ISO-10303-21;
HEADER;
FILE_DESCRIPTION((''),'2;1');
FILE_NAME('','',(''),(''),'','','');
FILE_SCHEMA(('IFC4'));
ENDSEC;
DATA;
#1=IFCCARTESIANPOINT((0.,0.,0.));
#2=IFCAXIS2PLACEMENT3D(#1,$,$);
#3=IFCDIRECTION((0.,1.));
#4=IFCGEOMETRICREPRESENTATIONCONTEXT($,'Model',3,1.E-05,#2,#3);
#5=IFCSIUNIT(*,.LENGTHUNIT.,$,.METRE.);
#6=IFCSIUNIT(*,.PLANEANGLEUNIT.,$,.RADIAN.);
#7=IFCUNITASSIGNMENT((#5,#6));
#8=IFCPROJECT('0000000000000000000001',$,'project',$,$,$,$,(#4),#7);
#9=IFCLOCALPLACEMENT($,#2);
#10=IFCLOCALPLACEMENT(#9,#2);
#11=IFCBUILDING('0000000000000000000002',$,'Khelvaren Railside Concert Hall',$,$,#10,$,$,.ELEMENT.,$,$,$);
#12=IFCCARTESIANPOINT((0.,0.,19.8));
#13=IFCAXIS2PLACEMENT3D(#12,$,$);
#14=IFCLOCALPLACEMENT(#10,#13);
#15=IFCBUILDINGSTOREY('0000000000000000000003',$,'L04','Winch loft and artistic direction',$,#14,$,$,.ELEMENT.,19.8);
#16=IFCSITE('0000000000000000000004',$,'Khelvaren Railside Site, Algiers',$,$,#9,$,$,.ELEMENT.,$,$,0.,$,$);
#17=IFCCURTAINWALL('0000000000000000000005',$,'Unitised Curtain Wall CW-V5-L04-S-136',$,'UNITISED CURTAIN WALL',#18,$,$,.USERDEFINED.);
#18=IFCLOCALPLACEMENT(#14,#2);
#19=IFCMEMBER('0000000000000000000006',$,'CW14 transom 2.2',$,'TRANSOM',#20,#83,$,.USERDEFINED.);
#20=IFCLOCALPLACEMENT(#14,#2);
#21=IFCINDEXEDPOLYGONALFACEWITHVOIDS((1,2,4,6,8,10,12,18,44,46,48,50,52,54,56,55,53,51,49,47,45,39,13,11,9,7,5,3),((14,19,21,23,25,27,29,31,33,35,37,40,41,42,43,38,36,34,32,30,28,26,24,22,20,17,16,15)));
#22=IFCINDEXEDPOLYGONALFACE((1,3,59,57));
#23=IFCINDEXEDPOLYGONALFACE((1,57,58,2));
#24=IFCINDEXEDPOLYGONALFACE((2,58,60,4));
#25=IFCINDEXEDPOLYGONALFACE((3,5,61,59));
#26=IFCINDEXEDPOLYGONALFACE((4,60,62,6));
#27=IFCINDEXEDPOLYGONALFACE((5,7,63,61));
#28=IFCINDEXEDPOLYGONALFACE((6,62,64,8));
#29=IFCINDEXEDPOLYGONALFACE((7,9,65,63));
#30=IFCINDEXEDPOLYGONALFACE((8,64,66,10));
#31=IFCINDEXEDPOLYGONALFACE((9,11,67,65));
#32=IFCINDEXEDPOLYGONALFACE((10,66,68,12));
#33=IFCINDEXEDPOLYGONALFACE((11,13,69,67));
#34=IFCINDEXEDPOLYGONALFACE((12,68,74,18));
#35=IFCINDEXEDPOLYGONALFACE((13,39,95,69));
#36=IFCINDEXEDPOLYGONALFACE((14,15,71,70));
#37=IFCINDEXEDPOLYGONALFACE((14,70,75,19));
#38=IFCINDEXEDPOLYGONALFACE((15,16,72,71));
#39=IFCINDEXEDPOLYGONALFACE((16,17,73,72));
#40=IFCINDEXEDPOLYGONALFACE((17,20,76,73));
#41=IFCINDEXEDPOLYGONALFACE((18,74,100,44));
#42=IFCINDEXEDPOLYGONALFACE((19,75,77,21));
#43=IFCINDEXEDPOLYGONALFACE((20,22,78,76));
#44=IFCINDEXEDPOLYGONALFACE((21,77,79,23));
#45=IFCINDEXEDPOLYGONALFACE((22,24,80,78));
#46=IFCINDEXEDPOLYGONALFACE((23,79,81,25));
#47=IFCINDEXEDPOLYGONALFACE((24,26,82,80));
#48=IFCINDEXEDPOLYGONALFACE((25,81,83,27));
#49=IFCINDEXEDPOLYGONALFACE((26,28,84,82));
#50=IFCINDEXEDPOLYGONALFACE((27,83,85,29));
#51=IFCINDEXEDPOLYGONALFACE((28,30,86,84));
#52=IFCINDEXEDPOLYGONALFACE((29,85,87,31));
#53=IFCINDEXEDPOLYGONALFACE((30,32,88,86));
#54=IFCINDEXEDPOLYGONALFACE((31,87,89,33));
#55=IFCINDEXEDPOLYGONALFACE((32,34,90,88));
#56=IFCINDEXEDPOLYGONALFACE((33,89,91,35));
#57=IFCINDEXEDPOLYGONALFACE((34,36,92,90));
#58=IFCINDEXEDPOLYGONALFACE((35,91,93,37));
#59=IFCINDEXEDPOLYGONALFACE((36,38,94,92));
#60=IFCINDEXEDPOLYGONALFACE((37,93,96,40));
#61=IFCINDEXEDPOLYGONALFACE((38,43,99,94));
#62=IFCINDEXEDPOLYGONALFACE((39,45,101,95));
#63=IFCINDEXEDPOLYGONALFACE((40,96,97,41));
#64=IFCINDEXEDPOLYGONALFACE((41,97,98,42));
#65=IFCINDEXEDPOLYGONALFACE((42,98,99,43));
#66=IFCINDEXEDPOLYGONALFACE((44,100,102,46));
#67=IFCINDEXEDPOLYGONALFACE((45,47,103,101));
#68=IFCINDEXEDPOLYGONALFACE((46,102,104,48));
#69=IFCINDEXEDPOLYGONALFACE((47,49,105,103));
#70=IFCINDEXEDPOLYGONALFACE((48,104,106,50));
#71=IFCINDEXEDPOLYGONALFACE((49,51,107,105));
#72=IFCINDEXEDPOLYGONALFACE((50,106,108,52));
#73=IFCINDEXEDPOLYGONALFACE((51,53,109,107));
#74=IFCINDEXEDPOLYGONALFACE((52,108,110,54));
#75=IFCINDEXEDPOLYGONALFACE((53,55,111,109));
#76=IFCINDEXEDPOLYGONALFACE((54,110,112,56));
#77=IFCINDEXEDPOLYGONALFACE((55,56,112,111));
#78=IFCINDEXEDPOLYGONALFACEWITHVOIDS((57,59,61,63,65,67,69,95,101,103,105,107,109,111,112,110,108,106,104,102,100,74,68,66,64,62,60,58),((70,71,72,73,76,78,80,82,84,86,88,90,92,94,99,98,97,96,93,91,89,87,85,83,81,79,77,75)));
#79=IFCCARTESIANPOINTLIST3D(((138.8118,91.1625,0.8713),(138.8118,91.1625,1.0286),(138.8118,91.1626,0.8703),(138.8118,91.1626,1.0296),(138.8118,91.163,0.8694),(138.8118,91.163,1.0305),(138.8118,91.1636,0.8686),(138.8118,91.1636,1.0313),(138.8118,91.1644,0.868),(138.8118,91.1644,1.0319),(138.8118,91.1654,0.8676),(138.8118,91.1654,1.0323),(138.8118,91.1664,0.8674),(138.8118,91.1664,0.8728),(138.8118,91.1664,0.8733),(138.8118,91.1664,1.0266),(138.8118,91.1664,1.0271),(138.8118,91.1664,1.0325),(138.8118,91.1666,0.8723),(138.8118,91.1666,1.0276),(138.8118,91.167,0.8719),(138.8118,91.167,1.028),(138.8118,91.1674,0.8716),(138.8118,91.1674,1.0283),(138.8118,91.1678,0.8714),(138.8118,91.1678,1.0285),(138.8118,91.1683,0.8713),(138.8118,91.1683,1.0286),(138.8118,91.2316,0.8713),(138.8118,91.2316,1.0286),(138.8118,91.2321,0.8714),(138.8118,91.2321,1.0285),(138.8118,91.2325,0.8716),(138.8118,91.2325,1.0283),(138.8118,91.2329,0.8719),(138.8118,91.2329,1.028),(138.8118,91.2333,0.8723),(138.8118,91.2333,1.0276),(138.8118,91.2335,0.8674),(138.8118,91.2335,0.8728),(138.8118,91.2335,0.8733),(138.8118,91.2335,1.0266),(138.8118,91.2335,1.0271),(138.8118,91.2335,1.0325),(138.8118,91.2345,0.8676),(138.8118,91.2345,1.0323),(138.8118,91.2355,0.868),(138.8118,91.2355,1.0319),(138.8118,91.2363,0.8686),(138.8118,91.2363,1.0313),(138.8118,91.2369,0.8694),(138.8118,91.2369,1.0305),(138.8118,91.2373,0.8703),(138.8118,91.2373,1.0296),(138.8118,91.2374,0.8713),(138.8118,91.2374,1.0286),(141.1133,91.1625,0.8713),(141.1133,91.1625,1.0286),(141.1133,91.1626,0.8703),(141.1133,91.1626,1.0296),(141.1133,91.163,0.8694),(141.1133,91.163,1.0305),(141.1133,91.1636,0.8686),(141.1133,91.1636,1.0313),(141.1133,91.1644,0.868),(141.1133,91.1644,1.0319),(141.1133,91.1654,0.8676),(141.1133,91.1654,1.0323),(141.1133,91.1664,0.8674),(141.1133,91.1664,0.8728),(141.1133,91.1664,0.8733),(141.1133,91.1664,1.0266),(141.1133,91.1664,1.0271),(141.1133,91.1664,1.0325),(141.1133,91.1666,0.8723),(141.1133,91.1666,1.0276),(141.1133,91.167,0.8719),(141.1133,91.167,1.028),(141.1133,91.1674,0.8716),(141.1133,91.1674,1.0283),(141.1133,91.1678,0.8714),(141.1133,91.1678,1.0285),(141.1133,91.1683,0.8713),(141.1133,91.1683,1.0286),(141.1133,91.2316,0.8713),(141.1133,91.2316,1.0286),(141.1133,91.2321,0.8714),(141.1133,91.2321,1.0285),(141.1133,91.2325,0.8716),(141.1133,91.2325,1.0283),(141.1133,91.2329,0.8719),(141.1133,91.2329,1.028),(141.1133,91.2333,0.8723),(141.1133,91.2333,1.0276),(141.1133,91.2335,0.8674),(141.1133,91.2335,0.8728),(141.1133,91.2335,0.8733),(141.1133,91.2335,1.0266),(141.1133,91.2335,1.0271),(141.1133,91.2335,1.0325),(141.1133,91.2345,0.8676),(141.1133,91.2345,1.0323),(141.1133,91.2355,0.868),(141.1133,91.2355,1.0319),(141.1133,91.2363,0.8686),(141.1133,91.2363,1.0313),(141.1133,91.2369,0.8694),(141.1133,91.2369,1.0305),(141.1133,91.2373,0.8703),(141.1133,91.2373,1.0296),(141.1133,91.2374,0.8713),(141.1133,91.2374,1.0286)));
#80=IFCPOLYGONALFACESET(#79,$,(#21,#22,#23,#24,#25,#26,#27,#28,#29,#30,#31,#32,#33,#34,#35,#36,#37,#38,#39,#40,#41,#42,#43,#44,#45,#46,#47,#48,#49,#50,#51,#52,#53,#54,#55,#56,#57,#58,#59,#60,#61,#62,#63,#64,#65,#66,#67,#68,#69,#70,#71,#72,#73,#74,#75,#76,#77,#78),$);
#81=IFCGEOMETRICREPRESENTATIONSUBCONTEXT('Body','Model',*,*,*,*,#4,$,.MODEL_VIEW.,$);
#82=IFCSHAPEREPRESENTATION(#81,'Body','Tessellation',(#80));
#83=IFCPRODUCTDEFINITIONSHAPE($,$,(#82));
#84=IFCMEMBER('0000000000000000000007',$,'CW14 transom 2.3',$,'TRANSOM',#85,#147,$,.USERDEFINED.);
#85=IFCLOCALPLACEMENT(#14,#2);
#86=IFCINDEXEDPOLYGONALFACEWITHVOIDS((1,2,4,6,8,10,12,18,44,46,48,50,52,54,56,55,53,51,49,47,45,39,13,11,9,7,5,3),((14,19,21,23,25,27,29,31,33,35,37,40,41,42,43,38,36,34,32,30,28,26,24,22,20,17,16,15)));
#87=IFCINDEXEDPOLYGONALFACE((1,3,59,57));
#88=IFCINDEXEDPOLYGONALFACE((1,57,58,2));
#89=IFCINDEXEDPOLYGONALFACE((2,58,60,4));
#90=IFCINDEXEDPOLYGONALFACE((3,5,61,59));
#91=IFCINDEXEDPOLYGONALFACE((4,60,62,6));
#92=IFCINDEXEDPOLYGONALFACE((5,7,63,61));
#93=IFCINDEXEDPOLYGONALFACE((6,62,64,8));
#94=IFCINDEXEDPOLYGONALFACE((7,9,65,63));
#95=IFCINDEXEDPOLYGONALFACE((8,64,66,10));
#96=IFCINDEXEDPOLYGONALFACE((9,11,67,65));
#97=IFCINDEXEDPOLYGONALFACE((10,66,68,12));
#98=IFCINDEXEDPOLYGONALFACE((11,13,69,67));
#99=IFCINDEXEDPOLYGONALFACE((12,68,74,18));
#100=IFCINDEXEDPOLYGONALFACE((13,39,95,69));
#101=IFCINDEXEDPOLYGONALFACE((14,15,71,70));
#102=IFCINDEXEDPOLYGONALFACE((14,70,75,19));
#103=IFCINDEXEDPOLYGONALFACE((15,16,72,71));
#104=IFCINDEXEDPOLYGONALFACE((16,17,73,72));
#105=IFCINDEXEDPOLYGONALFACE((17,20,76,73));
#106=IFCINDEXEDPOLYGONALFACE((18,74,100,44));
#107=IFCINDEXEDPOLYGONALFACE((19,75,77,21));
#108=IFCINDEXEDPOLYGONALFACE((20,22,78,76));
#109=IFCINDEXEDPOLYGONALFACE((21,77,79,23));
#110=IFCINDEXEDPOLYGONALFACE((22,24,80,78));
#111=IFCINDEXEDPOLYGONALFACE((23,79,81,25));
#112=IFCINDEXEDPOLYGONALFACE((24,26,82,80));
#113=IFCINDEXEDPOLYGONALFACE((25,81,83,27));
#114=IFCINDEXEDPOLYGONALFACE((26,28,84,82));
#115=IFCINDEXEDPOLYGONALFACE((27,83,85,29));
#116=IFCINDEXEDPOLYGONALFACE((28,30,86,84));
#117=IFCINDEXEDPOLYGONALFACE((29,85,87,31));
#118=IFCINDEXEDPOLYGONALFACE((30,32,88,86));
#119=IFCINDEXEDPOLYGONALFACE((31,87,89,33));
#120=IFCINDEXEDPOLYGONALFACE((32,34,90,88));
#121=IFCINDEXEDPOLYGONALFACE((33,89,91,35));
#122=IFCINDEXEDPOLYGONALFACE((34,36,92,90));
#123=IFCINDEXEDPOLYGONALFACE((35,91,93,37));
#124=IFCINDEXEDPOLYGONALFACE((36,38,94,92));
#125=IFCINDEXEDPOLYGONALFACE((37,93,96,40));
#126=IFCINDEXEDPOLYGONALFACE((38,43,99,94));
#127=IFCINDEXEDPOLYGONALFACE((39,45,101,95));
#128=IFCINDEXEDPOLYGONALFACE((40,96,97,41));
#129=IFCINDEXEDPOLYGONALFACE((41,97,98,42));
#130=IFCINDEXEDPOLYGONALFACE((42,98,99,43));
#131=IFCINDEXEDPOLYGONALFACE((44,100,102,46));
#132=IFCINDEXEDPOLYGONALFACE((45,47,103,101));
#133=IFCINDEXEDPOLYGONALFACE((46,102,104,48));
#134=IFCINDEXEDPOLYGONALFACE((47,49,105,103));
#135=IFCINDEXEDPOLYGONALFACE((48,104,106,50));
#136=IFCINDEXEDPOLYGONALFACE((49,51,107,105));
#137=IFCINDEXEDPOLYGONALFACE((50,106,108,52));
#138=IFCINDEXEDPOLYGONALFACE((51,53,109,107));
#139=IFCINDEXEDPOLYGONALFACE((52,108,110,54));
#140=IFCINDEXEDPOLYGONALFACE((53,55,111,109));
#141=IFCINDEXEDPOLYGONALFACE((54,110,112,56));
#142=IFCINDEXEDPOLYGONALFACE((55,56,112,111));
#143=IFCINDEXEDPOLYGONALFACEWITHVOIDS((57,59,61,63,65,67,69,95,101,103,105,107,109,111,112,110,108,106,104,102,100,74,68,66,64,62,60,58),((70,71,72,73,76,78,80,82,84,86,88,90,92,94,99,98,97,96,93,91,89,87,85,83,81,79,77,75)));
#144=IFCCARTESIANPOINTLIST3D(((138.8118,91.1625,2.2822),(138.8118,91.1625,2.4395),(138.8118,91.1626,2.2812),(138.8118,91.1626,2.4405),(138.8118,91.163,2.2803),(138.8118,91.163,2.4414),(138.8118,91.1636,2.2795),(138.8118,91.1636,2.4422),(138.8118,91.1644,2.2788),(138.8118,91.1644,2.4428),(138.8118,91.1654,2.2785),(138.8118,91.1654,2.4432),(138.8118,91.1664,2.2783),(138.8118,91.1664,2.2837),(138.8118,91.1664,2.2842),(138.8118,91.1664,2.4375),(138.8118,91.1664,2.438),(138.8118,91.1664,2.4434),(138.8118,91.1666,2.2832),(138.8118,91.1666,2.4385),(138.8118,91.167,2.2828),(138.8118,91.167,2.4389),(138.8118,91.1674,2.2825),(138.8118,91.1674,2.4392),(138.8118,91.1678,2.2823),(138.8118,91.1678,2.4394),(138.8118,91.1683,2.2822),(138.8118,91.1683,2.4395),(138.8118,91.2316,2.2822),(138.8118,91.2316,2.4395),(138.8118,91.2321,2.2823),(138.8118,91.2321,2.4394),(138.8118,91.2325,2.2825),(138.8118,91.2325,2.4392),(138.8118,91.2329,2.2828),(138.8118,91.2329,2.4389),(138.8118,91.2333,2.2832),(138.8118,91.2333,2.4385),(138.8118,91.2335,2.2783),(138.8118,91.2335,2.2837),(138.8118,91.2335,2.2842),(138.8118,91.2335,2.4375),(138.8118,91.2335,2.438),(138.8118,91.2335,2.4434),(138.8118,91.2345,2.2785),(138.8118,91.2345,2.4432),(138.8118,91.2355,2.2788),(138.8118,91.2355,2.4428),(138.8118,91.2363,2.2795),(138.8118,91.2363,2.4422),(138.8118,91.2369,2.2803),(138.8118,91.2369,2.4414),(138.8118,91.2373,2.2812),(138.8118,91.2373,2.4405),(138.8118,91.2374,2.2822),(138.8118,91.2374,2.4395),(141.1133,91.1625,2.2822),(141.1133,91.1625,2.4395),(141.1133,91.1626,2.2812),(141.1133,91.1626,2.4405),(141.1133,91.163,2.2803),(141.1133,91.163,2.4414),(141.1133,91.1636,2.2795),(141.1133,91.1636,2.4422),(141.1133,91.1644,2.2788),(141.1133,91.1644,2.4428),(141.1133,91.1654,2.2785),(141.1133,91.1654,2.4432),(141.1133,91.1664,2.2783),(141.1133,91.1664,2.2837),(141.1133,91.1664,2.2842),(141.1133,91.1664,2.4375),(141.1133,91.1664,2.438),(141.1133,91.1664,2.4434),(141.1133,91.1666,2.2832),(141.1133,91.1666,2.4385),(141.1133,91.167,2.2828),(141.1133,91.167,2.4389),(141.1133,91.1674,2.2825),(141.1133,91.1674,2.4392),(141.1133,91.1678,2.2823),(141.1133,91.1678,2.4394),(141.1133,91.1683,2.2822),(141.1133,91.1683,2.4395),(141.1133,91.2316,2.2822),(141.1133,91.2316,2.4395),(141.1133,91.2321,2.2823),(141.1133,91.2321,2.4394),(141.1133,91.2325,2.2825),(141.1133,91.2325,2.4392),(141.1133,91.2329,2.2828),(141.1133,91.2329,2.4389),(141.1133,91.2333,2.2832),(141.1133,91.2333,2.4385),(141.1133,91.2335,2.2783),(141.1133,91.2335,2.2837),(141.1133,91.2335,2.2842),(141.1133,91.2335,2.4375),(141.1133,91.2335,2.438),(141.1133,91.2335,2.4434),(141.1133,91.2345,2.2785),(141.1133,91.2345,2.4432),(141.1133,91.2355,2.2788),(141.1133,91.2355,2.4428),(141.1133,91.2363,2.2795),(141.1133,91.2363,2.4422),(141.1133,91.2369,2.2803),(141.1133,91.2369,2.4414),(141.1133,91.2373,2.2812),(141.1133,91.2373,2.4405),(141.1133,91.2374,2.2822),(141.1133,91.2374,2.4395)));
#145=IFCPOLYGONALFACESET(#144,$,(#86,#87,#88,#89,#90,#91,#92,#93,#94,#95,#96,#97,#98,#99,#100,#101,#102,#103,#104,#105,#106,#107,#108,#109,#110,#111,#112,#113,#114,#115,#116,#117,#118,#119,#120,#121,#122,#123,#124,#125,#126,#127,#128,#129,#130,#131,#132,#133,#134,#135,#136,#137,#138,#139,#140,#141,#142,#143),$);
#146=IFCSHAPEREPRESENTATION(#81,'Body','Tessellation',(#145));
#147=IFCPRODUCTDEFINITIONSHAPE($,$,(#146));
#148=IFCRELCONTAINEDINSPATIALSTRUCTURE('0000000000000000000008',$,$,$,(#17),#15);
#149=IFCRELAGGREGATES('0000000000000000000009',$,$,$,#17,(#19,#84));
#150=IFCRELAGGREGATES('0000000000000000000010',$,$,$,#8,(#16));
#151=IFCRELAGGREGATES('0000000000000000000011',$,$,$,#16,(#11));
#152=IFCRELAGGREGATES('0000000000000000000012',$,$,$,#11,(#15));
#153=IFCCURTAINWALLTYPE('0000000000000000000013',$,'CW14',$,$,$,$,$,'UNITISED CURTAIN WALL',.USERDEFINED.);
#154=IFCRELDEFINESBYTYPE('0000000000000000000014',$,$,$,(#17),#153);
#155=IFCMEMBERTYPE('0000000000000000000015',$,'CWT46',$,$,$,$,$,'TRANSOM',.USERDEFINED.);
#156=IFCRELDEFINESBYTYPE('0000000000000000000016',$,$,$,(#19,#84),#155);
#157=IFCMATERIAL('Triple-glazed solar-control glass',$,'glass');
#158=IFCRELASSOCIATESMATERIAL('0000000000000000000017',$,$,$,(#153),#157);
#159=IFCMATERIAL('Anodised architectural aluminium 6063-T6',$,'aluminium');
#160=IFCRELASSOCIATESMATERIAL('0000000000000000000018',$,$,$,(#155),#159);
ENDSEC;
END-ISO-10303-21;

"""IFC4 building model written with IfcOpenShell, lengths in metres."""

from ifc_helpers import new_model, si_unit, direction, frame, origin, origin_2d, place, context, subcontext, project, spatial, hollow_rectangle, extrude, material, material_profile, profile_set, type_object, element, aggregate, save


model = new_model("IFC4")

# Units and contexts
model_context = context("Model", 3, precision=1e-05, world=origin(), true_north=direction((0.0, 1.0)))
body_context = subcontext(model_context, "Body", "Model", "MODEL_VIEW")
ifc_project = project(units=[si_unit("LENGTHUNIT", "METRE"), si_unit("PLANEANGLEUNIT", "RADIAN")], contexts=[model_context])

# Site, building, storey
site_placement = place(None, origin())
site = spatial("IfcSite", under=ifc_project, at=site_placement, Name="Khelvaren Railside Site, Algiers", CompositionType="ELEMENT", RefElevation=0.0)
building_placement = place(site_placement, origin())
building = spatial("IfcBuilding", under=site, at=building_placement, Name="Khelvaren Railside Concert Hall", CompositionType="ELEMENT")
storey_placement = place(building_placement, frame((0.0, 0.0, 19.8)))
storey = spatial("IfcBuildingStorey", under=building, at=storey_placement, Name="L04", Description="Winch loft and artistic direction", CompositionType="ELEMENT", Elevation=19.8)

# Curtain wall
ifc_material_1 = material(Name="Triple-glazed solar-control glass", Category="glass")
curtain_wall_type_1 = type_object("IfcCurtainWallType", Name="CW14", ElementType="UNITISED CURTAIN WALL", PredefinedType="USERDEFINED", material=ifc_material_1)
curtain_wall_1_placement = place(storey_placement, origin())
curtain_wall_1 = element("IfcCurtainWall", 1, at=curtain_wall_1_placement, inside=storey, type_object=curtain_wall_type_1, Name="Unitised Curtain Wall CW-V5-L04-S-136", ObjectType="UNITISED CURTAIN WALL", PredefinedType="USERDEFINED")
ifc_material_2 = material(Name="Anodised architectural aluminium 6063-T6", Category="aluminium")

# Members
ifc_material_profile_1 = material_profile(ifc_material_2, hollow_rectangle(XDim=0.075, YDim=0.165, WallThickness=0.0039, InnerFilletRadius=0.002, OuterFilletRadius=0.0039, at=origin_2d()), Name="CWT 75x165x4")
ifc_profile_set_1 = profile_set([ifc_material_profile_1], Name="Anodised architectural aluminium 6063-T6")
member_type_1 = type_object("IfcMemberType", Name="CWT46", ElementType="TRANSOM", PredefinedType="USERDEFINED", material=ifc_profile_set_1)
member_1_placement = place(storey_placement, frame((141.1133, 91.2, 0.95), z_axis=(-1.0, 0.0, 0.0), x_axis=(0.0, -1.0, 0.0)))
member_1 = element("IfcMember", 2, at=member_1_placement, type_object=member_type_1, Name="CW14 transom 2.2", ObjectType="TRANSOM", PredefinedType="USERDEFINED", context=body_context, shape_type="SweptSolid", body=[
    extrude(hollow_rectangle(XDim=0.075, YDim=0.165, WallThickness=0.0039, InnerFilletRadius=0.002, OuterFilletRadius=0.0039, at=origin_2d()), origin(), (0.0, 0.0, 1.0), 2.3015),
])
member_2_placement = place(storey_placement, frame((141.1133, 91.2, 2.3608), z_axis=(-1.0, 0.0, 0.0), x_axis=(0.0, -1.0, 0.0)))
member_2 = element("IfcMember", 3, at=member_2_placement, type_object=member_type_1, Name="CW14 transom 2.3", ObjectType="TRANSOM", PredefinedType="USERDEFINED", context=body_context, shape_type="SweptSolid", body=[
    extrude(hollow_rectangle(XDim=0.075, YDim=0.165, WallThickness=0.0039, InnerFilletRadius=0.002, OuterFilletRadius=0.0039, at=origin_2d()), origin(), (0.0, 0.0, 1.0), 2.3015),
])

aggregate(curtain_wall_1, [member_1, member_2])

save(model, "model.ifc")
